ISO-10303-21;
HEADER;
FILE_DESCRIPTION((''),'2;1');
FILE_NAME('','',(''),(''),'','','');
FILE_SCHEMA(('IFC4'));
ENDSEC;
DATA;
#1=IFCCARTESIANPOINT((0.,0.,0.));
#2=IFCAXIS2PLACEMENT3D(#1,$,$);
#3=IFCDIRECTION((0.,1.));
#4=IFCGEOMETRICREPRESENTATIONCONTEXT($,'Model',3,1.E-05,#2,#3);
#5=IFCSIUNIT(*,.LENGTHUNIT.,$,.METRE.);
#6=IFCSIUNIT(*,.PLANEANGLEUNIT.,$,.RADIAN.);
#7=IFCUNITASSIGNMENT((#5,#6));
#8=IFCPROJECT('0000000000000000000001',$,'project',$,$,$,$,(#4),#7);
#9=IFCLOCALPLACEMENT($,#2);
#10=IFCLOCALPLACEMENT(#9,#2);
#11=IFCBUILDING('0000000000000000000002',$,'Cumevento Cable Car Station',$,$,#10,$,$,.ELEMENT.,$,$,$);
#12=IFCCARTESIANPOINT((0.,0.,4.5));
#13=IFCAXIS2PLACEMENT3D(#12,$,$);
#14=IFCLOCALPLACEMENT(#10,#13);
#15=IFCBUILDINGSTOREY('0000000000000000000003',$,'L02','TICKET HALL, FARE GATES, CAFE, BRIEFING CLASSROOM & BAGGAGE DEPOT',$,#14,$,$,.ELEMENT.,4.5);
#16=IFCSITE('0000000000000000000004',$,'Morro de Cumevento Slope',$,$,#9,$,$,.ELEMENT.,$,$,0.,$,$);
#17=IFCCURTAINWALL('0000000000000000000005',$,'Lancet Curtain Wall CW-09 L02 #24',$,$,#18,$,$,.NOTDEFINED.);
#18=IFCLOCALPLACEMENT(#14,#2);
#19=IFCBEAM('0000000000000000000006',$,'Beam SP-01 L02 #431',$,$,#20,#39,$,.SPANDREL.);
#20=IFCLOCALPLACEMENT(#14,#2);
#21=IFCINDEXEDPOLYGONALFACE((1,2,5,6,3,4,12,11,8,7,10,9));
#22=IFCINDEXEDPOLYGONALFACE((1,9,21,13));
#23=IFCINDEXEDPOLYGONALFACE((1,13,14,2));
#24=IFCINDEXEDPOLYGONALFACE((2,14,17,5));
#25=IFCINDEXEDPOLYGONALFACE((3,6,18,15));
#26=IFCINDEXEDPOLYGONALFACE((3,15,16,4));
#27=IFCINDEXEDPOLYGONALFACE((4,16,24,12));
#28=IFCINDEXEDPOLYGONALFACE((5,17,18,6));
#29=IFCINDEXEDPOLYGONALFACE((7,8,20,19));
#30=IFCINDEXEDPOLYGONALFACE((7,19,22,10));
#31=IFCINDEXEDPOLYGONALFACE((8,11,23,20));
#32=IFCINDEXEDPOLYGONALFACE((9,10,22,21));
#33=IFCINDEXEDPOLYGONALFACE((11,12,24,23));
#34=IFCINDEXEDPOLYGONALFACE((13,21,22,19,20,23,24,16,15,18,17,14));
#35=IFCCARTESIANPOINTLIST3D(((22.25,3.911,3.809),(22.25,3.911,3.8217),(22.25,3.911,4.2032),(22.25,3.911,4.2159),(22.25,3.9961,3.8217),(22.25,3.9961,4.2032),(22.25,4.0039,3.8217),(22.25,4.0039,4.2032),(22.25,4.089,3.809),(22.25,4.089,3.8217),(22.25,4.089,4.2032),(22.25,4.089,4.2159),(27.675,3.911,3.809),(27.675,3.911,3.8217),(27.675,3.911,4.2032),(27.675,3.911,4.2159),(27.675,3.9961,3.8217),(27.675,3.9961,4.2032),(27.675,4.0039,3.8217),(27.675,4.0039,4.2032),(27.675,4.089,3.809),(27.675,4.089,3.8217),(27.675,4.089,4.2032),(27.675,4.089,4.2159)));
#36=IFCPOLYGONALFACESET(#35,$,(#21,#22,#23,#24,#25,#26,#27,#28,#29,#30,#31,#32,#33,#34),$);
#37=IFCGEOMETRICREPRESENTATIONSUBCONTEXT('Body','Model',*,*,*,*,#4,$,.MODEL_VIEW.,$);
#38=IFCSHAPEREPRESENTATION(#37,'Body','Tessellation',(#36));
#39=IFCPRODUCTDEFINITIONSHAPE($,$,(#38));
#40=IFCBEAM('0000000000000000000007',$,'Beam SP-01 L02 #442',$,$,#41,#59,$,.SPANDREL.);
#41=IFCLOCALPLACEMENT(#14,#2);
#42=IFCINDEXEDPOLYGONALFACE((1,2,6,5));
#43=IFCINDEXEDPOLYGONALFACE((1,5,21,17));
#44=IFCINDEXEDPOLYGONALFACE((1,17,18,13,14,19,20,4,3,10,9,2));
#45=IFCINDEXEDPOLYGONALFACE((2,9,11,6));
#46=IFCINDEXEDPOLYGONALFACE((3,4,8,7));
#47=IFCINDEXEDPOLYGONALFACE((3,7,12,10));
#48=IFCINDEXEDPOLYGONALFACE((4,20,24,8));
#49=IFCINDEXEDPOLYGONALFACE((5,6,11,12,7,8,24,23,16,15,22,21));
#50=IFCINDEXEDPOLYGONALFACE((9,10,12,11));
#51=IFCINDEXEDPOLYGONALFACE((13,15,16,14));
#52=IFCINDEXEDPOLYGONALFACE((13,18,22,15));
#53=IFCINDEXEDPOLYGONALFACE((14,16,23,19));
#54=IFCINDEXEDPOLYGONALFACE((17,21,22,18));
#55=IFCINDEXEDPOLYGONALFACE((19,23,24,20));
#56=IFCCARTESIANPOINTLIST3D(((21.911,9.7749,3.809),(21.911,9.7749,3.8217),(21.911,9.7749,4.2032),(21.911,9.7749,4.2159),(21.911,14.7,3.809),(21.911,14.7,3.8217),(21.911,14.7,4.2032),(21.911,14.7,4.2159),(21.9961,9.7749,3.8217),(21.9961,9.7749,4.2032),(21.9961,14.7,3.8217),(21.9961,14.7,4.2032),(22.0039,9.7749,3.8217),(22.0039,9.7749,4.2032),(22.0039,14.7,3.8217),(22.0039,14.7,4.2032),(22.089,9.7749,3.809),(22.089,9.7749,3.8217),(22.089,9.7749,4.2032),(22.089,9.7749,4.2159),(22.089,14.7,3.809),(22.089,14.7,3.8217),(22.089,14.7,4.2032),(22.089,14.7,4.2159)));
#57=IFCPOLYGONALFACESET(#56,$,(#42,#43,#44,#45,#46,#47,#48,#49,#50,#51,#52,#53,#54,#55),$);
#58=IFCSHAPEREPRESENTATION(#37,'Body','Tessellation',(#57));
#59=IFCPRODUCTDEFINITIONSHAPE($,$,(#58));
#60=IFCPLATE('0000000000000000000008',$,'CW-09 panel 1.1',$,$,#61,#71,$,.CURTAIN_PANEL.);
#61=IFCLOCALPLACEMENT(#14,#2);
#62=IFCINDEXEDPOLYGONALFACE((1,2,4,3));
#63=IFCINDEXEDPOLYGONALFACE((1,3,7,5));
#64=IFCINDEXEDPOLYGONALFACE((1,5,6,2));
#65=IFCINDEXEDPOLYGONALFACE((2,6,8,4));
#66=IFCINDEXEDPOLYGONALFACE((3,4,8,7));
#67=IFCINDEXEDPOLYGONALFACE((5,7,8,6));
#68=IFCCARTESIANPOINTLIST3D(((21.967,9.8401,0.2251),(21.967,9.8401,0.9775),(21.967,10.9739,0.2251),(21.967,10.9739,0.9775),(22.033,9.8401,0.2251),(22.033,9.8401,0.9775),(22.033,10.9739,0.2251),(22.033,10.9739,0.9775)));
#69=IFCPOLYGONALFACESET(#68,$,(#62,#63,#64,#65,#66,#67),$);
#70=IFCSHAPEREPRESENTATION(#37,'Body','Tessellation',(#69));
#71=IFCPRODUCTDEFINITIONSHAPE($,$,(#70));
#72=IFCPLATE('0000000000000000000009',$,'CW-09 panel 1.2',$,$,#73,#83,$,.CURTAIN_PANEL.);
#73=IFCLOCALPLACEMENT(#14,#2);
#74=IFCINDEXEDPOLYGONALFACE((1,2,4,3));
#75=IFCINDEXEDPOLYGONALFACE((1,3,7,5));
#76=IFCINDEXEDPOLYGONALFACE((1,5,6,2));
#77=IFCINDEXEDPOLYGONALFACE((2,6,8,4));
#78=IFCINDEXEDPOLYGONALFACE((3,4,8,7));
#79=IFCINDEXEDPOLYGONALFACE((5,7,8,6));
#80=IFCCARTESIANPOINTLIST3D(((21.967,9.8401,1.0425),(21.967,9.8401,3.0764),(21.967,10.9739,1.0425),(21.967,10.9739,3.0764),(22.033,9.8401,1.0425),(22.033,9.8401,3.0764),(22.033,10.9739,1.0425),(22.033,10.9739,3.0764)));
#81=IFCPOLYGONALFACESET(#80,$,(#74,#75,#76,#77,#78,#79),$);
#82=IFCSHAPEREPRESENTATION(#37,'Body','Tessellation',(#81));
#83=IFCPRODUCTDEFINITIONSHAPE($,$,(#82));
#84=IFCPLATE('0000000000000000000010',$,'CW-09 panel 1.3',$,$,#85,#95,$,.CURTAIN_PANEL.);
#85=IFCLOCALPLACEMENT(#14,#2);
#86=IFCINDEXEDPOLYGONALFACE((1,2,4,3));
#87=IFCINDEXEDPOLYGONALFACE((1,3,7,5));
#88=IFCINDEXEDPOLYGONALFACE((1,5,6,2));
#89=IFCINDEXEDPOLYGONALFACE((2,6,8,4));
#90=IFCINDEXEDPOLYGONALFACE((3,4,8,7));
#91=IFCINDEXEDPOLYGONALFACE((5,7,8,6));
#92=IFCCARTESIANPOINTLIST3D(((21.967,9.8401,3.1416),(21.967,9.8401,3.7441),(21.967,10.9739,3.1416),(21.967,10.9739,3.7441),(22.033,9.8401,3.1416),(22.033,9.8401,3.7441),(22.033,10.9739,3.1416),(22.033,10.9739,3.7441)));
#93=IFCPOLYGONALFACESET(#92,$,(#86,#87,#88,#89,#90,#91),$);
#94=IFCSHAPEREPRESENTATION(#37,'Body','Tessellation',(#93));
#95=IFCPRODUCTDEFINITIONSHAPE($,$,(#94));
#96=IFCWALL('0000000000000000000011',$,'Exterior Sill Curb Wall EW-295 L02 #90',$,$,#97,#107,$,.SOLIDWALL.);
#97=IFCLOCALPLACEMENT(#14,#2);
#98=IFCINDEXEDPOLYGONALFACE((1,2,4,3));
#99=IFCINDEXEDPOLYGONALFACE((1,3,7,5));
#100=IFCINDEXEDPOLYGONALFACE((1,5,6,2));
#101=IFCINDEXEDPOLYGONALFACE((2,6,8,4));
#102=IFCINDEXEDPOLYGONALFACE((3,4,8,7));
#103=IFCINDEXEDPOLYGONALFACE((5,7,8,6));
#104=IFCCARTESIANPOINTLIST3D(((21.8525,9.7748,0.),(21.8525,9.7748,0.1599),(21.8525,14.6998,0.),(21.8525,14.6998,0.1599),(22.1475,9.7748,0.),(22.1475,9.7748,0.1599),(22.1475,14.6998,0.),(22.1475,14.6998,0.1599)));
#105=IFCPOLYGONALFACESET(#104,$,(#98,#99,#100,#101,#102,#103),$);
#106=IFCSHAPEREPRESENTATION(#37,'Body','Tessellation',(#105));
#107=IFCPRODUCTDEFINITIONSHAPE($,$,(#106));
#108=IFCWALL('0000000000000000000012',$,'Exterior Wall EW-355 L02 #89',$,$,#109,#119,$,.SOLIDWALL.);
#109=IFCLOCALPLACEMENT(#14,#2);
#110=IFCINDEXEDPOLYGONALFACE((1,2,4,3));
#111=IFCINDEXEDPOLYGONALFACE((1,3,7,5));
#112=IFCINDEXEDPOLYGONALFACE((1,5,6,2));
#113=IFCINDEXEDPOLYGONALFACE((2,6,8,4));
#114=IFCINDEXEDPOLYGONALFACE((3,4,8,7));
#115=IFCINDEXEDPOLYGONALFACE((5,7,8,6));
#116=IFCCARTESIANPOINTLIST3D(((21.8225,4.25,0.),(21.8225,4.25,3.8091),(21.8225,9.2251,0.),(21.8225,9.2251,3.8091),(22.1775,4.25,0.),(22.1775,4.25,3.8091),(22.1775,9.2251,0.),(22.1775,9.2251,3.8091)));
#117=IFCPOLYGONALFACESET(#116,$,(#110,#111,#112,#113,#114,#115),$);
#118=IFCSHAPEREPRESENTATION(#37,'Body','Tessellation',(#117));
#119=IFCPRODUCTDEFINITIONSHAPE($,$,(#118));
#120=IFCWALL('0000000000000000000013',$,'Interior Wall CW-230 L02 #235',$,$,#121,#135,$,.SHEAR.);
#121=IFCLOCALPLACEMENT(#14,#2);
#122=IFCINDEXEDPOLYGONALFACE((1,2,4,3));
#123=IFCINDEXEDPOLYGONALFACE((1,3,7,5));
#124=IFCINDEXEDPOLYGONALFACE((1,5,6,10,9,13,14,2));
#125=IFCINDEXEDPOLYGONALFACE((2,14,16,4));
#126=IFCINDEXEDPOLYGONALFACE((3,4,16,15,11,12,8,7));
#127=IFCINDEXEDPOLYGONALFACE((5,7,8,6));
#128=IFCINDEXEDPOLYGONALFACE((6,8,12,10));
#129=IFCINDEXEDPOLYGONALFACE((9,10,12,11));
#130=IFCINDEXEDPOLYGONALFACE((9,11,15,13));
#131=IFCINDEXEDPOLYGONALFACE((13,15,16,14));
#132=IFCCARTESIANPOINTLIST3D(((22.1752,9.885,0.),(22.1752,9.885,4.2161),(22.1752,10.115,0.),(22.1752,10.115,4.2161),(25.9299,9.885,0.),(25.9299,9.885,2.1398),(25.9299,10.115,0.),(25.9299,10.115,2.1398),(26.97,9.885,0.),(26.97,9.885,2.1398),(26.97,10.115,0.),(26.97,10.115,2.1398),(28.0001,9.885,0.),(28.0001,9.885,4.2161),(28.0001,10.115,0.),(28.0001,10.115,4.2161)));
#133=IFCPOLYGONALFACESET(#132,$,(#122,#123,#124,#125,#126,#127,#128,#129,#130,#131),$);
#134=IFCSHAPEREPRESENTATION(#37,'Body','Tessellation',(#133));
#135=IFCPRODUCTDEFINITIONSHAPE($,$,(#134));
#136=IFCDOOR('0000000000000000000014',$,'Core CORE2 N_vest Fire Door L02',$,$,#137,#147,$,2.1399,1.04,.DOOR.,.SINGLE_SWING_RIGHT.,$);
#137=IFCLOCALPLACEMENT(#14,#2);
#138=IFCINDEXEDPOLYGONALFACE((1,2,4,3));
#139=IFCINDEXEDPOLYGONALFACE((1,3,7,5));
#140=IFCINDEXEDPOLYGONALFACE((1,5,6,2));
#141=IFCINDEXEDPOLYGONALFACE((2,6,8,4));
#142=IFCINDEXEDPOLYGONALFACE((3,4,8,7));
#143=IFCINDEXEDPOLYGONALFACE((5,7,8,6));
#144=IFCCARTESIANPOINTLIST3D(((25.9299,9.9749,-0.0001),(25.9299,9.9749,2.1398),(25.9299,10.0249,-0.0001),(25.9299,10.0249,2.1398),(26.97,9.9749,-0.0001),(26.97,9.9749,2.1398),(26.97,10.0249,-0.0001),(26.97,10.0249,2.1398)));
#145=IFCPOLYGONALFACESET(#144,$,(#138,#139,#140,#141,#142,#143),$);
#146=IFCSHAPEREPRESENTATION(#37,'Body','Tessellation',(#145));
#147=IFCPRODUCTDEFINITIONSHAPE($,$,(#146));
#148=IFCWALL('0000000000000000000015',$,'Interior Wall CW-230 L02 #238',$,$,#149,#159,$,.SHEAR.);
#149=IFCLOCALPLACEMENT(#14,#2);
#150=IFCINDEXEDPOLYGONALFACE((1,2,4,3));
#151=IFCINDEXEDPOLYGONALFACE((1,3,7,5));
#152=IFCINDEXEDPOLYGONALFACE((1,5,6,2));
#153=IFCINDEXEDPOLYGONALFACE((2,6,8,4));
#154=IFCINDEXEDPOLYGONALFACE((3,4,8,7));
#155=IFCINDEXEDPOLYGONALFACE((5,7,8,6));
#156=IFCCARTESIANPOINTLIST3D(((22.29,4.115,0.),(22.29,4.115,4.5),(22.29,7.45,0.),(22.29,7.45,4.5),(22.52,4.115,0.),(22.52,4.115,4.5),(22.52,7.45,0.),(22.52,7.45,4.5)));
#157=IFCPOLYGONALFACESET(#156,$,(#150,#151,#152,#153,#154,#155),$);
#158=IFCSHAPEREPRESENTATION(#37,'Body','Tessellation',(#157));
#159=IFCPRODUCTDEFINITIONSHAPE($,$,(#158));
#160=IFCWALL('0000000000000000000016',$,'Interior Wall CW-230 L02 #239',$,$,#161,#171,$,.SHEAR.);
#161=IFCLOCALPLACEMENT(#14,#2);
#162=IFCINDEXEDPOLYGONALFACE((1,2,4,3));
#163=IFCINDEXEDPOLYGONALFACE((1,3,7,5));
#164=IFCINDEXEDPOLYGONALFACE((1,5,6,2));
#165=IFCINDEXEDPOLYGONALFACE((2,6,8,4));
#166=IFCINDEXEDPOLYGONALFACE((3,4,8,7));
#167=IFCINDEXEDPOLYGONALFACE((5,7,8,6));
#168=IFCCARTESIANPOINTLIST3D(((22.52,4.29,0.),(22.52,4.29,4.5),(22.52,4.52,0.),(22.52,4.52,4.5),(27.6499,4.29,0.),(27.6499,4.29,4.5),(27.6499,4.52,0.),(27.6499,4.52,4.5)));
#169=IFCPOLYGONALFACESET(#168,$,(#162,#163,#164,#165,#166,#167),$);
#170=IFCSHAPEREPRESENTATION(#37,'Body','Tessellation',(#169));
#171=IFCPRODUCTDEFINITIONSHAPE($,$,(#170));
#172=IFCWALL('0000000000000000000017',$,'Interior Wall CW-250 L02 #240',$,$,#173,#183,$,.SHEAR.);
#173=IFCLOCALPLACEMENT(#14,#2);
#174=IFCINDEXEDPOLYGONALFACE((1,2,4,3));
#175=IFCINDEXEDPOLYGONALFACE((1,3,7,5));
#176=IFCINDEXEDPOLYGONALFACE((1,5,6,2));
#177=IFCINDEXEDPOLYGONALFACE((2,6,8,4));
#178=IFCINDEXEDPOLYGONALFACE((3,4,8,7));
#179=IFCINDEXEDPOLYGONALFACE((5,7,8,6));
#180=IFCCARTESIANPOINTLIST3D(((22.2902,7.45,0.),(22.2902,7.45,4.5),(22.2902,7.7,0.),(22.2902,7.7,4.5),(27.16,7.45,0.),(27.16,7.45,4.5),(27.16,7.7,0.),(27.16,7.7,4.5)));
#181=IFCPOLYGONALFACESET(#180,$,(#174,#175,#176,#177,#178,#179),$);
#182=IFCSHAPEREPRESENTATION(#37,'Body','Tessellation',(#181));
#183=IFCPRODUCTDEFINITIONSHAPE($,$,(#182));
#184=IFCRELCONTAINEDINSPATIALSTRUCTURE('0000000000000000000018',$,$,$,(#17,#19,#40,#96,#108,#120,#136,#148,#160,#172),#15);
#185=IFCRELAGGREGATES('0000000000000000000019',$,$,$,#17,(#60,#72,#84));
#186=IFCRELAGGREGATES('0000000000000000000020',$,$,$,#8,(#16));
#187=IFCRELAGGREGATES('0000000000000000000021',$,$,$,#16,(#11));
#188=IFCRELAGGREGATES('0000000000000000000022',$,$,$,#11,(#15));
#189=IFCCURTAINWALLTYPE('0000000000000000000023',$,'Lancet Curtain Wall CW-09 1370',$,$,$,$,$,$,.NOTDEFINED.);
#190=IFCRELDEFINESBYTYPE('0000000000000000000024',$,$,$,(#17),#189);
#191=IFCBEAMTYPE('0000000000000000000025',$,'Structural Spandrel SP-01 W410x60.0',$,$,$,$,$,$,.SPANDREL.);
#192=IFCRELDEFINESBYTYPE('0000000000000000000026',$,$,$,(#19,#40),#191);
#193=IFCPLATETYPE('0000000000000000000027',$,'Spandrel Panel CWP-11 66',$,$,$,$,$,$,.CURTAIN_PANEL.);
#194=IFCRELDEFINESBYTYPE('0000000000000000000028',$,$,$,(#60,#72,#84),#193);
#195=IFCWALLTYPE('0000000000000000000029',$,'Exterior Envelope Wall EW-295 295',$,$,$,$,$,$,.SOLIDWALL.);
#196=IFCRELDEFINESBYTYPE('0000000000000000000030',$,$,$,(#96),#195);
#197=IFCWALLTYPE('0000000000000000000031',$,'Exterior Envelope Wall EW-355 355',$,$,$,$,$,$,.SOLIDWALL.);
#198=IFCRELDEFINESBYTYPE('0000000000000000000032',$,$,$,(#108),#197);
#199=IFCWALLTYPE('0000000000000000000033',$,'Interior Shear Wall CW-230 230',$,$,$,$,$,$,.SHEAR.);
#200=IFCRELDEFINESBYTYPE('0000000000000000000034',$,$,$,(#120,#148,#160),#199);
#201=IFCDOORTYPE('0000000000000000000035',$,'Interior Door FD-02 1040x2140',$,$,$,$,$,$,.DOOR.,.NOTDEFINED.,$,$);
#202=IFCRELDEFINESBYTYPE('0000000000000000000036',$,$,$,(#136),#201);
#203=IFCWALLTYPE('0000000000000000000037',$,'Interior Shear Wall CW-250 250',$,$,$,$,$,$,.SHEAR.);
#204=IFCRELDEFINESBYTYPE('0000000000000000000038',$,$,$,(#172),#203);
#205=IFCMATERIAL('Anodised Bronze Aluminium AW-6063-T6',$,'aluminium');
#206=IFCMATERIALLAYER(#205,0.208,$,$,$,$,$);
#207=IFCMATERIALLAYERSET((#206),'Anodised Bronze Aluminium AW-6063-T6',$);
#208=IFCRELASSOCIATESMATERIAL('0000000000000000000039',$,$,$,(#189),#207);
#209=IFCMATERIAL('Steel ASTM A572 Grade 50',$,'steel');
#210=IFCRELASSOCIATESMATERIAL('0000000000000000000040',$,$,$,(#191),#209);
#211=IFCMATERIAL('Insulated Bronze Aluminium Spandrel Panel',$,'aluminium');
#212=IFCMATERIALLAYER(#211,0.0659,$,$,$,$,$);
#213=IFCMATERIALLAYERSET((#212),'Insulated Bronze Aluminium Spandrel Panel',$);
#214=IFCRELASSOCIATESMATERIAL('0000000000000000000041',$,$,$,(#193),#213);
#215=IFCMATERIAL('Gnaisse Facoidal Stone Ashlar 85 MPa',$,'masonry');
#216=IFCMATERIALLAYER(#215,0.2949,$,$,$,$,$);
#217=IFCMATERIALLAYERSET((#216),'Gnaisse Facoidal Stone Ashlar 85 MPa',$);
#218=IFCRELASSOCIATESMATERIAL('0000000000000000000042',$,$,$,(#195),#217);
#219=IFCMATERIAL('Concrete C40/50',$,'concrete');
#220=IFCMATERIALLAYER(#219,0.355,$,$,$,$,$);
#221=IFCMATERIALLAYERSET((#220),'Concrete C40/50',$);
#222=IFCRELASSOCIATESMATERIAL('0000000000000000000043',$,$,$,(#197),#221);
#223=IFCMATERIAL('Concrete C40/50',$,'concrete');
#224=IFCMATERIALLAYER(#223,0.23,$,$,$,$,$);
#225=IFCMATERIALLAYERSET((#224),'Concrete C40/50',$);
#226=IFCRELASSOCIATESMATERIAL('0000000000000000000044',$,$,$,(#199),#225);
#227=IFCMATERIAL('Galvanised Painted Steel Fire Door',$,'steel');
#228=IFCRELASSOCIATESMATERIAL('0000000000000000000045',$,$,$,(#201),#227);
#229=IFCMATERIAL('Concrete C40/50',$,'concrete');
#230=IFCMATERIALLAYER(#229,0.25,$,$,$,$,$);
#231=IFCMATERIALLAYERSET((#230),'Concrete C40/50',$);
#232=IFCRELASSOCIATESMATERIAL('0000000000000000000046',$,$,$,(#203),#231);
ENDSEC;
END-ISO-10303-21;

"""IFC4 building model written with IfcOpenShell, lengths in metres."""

from ifc_helpers import new_model, si_unit, direction, frame, frame_2d, origin, origin_2d, place, context, subcontext, project, spatial, rectangle, i_section, extrude, material, layer, layer_set, material_profile, profile_set, type_object, element, fill, aggregate, save


model = new_model("IFC4")

# Units and contexts
model_context = context("Model", 3, precision=1e-05, world=origin(), true_north=direction((0.0, 1.0)))
body_context = subcontext(model_context, "Body", "Model", "MODEL_VIEW")
ifc_project = project(units=[si_unit("LENGTHUNIT", "METRE"), si_unit("PLANEANGLEUNIT", "RADIAN")], contexts=[model_context])

# Site, building, storey
site_placement = place(None, origin())
site = spatial("IfcSite", under=ifc_project, at=site_placement, Name="Morro de Cumevento Slope", CompositionType="ELEMENT", RefElevation=0.0)
building_placement = place(site_placement, origin())
building = spatial("IfcBuilding", under=site, at=building_placement, Name="Cumevento Cable Car Station", CompositionType="ELEMENT")
storey_placement = place(building_placement, frame((0.0, 0.0, 4.5)))
storey = spatial("IfcBuildingStorey", under=building, at=storey_placement, Name="L02", Description="TICKET HALL, FARE GATES, CAFE, BRIEFING CLASSROOM & BAGGAGE DEPOT", CompositionType="ELEMENT", Elevation=4.5)

# Curtain wall
ifc_material_1 = material(Name="Anodised Bronze Aluminium AW-6063-T6", Category="aluminium")
ifc_layer_1 = layer(ifc_material_1, 0.208)
ifc_layer_set_1 = layer_set([ifc_layer_1], Name="Anodised Bronze Aluminium AW-6063-T6")
curtain_wall_type = type_object("IfcCurtainWallType", Name="Lancet Curtain Wall CW-09 1370", PredefinedType="NOTDEFINED", material=ifc_layer_set_1)
curtain_wall_placement = place(storey_placement, origin())
curtain_wall = element("IfcCurtainWall", 1, at=curtain_wall_placement, inside=storey, type_object=curtain_wall_type, Name="Lancet Curtain Wall CW-09 L02 #24", PredefinedType="NOTDEFINED")

# Beams
ifc_material_2 = material(Name="Steel ASTM A572 Grade 50", Category="steel")
ifc_material_profile_1 = material_profile(ifc_material_2, i_section(OverallWidth=0.178, OverallDepth=0.407, WebThickness=0.0078, FlangeThickness=0.0127, at=origin_2d()), Name="W410x60.0")
ifc_profile_set_1 = profile_set([ifc_material_profile_1], Name="Steel ASTM A572 Grade 50")
beam_type_1 = type_object("IfcBeamType", Name="Structural Spandrel SP-01 W410x60.0", PredefinedType="SPANDREL", material=ifc_profile_set_1)
beam_1_placement = place(storey_placement, frame((22.25, 4.0, 4.0125), z_axis=(1.0, 0.0, 0.0), x_axis=(0.0, 1.0, 0.0)))
element("IfcBeam", 2, at=beam_1_placement, inside=storey, type_object=beam_type_1, Name="Beam SP-01 L02 #431", PredefinedType="SPANDREL", context=body_context, shape_type="SweptSolid", body=[
    extrude(i_section(OverallWidth=0.178, OverallDepth=0.407, WebThickness=0.0078, FlangeThickness=0.0127, at=origin_2d()), origin(), (0.0, 0.0, 1.0), 5.425),
])
beam_2_placement = place(storey_placement, frame((22.0, 9.7749, 4.0125), z_axis=(0.0, 1.0, 0.0), x_axis=(-1.0, 0.0, 0.0)))
element("IfcBeam", 3, at=beam_2_placement, inside=storey, type_object=beam_type_1, Name="Beam SP-01 L02 #442", PredefinedType="SPANDREL", context=body_context, shape_type="SweptSolid", body=[
    extrude(i_section(OverallWidth=0.178, OverallDepth=0.407, WebThickness=0.0078, FlangeThickness=0.0127, at=origin_2d()), origin(), (0.0, 0.0, 1.0), 4.925),
])

# Plates
ifc_material_3 = material(Name="Insulated Bronze Aluminium Spandrel Panel", Category="aluminium")
ifc_layer_2 = layer(ifc_material_3, 0.0659)
ifc_layer_set_2 = layer_set([ifc_layer_2], Name="Insulated Bronze Aluminium Spandrel Panel")
plate_type = type_object("IfcPlateType", Name="Spandrel Panel CWP-11 66", PredefinedType="CURTAIN_PANEL", material=ifc_layer_set_2)
plate_1_placement = place(storey_placement, frame((22.0, 10.407, 0.2251), z_axis=(0.0, 0.0, 1.0), x_axis=(0.0, 1.0, 0.0)))
plate_1 = element("IfcPlate", 4, at=plate_1_placement, type_object=plate_type, Name="CW-09 panel 1.1", PredefinedType="CURTAIN_PANEL", context=body_context, shape_type="SweptSolid", body=[
    extrude(rectangle(XDim=1.1338, YDim=0.0659, at=origin_2d()), origin(), (0.0, 0.0, 1.0), 0.7524),
])
plate_2_placement = place(storey_placement, frame((22.0, 10.407, 1.0425), z_axis=(0.0, 0.0, 1.0), x_axis=(0.0, 1.0, 0.0)))
plate_2 = element("IfcPlate", 5, at=plate_2_placement, type_object=plate_type, Name="CW-09 panel 1.2", PredefinedType="CURTAIN_PANEL", context=body_context, shape_type="SweptSolid", body=[
    extrude(rectangle(XDim=1.1338, YDim=0.0659, at=origin_2d()), origin(), (0.0, 0.0, 1.0), 2.0339),
])
plate_3_placement = place(storey_placement, frame((22.0, 10.407, 3.1416), z_axis=(0.0, 0.0, 1.0), x_axis=(0.0, 1.0, 0.0)))
plate_3 = element("IfcPlate", 6, at=plate_3_placement, type_object=plate_type, Name="CW-09 panel 1.3", PredefinedType="CURTAIN_PANEL", context=body_context, shape_type="SweptSolid", body=[
    extrude(rectangle(XDim=1.1338, YDim=0.0659, at=origin_2d()), origin(), (0.0, 0.0, 1.0), 0.6025),
])
aggregate(curtain_wall, [plate_1, plate_2, plate_3])

# Walls
ifc_material_4 = material(Name="Gnaisse Facoidal Stone Ashlar 85 MPa", Category="masonry")
ifc_layer_3 = layer(ifc_material_4, 0.2949)
ifc_layer_set_3 = layer_set([ifc_layer_3], Name="Gnaisse Facoidal Stone Ashlar 85 MPa")
wall_type_1 = type_object("IfcWallType", Name="Exterior Envelope Wall EW-295 295", PredefinedType="SOLIDWALL", material=ifc_layer_set_3)
wall_1_placement = place(storey_placement, frame((22.0, 9.7749, 0.0), z_axis=(0.0, 0.0, 1.0), x_axis=(0.0, 1.0, 0.0)))
element("IfcWall", 7, at=wall_1_placement, inside=storey, type_object=wall_type_1, Name="Exterior Sill Curb Wall EW-295 L02 #90", PredefinedType="SOLIDWALL", context=body_context, shape_type="SweptSolid", body=[
    extrude(rectangle(XDim=4.925, YDim=0.2949, at=frame_2d((2.4624, 0.0))), origin(), (0.0, 0.0, 1.0), 0.1599),
])
ifc_material_5 = material(Name="Concrete C40/50", Category="concrete")
ifc_layer_4 = layer(ifc_material_5, 0.355)
ifc_layer_set_4 = layer_set([ifc_layer_4], Name="Concrete C40/50")
wall_type_2 = type_object("IfcWallType", Name="Exterior Envelope Wall EW-355 355", PredefinedType="SOLIDWALL", material=ifc_layer_set_4)
wall_2_placement = place(storey_placement, frame((22.0, 4.25, 0.0), z_axis=(0.0, 0.0, 1.0), x_axis=(0.0, 1.0, 0.0)))
element("IfcWall", 8, at=wall_2_placement, inside=storey, type_object=wall_type_2, Name="Exterior Wall EW-355 L02 #89", PredefinedType="SOLIDWALL", context=body_context, shape_type="SweptSolid", body=[
    extrude(rectangle(XDim=4.9751, YDim=0.355, at=frame_2d((2.4875, 0.0))), origin(), (0.0, 0.0, 1.0), 3.8091),
])

# Wall, opening, door
ifc_material_6 = material(Name="Concrete C40/50", Category="concrete")
ifc_layer_5 = layer(ifc_material_6, 0.23)
ifc_layer_set_5 = layer_set([ifc_layer_5], Name="Concrete C40/50")
wall_type_3 = type_object("IfcWallType", Name="Interior Shear Wall CW-230 230", PredefinedType="SHEAR", material=ifc_layer_set_5)
wall_3_placement = place(storey_placement, frame((22.175, 10.0, 0.0), z_axis=(0.0, 0.0, 1.0), x_axis=(1.0, 0.0, 0.0)))
wall_3 = element("IfcWall", 9, at=wall_3_placement, inside=storey, type_object=wall_type_3, Name="Interior Wall CW-230 L02 #235", PredefinedType="SHEAR", context=body_context, shape_type="SweptSolid", body=[
    extrude(rectangle(XDim=5.825, YDim=0.23, at=frame_2d((2.9126, 0.0))), origin(), (0.0, 0.0, 1.0), 4.2161),
])
opening_placement = place(wall_3_placement, frame((3.7549, 0.0, 0.0)))
opening = element("IfcOpeningElement", 10, at=opening_placement, cuts=wall_3, PredefinedType="OPENING", context=body_context, shape_type="SweptSolid", body=[
    extrude(rectangle(XDim=1.04, YDim=2.1399, at=frame_2d((0.52, 1.0698))), frame((0.0, 0.125, 0.0), z_axis=(0.0, -1.0, 0.0), x_axis=(1.0, 0.0, 0.0)), (0.0, 0.0, 1.0), 0.25),
])
ifc_material_7 = material(Name="Galvanised Painted Steel Fire Door", Category="steel")
door_type = type_object("IfcDoorType", Name="Interior Door FD-02 1040x2140", OperationType="NOTDEFINED", PredefinedType="DOOR", material=ifc_material_7)
door_placement = place(opening_placement, origin())
door = element("IfcDoor", 11, at=door_placement, inside=storey, type_object=door_type, Name="Core CORE2 N_vest Fire Door L02", OperationType="SINGLE_SWING_RIGHT", OverallHeight=2.1399, OverallWidth=1.04, PredefinedType="DOOR", context=body_context, shape_type="SweptSolid", body=[
    extrude(rectangle(XDim=1.04, YDim=2.1399, at=frame_2d((0.52, 1.0698))), frame((0.0, 0.0249, 0.0), z_axis=(0.0, -1.0, 0.0), x_axis=(1.0, 0.0, 0.0)), (0.0, 0.0, 1.0), 0.05),
])
fill(opening, door)

# Walls
wall_4_placement = place(storey_placement, frame((22.405, 4.115, 0.0), z_axis=(0.0, 0.0, 1.0), x_axis=(0.0, 1.0, 0.0)))
element("IfcWall", 12, at=wall_4_placement, inside=storey, type_object=wall_type_3, Name="Interior Wall CW-230 L02 #238", PredefinedType="SHEAR", context=body_context, shape_type="SweptSolid", body=[
    extrude(rectangle(XDim=3.335, YDim=0.23, at=frame_2d((1.6675, 0.0))), origin(), (0.0, 0.0, 1.0), 4.5),
])
wall_5_placement = place(storey_placement, frame((22.52, 4.405, 0.0), z_axis=(0.0, 0.0, 1.0), x_axis=(1.0, 0.0, 0.0)))
element("IfcWall", 13, at=wall_5_placement, inside=storey, type_object=wall_type_3, Name="Interior Wall CW-230 L02 #239", PredefinedType="SHEAR", context=body_context, shape_type="SweptSolid", body=[
    extrude(rectangle(XDim=5.1299, YDim=0.23, at=frame_2d((2.5649, 0.0))), origin(), (0.0, 0.0, 1.0), 4.5),
])
ifc_material_8 = material(Name="Concrete C40/50", Category="concrete")
ifc_layer_6 = layer(ifc_material_8, 0.25)
ifc_layer_set_6 = layer_set([ifc_layer_6], Name="Concrete C40/50")
wall_type_4 = type_object("IfcWallType", Name="Interior Shear Wall CW-250 250", PredefinedType="SHEAR", material=ifc_layer_set_6)
wall_6_placement = place(storey_placement, frame((22.29, 7.575, 0.0), z_axis=(0.0, 0.0, 1.0), x_axis=(1.0, 0.0, 0.0)))
element("IfcWall", 14, at=wall_6_placement, inside=storey, type_object=wall_type_4, Name="Interior Wall CW-250 L02 #240", PredefinedType="SHEAR", context=body_context, shape_type="SweptSolid", body=[
    extrude(rectangle(XDim=4.8699, YDim=0.25, at=frame_2d((2.4351, 0.0))), origin(), (0.0, 0.0, 1.0), 4.5),
])

save(model, "model.ifc")
